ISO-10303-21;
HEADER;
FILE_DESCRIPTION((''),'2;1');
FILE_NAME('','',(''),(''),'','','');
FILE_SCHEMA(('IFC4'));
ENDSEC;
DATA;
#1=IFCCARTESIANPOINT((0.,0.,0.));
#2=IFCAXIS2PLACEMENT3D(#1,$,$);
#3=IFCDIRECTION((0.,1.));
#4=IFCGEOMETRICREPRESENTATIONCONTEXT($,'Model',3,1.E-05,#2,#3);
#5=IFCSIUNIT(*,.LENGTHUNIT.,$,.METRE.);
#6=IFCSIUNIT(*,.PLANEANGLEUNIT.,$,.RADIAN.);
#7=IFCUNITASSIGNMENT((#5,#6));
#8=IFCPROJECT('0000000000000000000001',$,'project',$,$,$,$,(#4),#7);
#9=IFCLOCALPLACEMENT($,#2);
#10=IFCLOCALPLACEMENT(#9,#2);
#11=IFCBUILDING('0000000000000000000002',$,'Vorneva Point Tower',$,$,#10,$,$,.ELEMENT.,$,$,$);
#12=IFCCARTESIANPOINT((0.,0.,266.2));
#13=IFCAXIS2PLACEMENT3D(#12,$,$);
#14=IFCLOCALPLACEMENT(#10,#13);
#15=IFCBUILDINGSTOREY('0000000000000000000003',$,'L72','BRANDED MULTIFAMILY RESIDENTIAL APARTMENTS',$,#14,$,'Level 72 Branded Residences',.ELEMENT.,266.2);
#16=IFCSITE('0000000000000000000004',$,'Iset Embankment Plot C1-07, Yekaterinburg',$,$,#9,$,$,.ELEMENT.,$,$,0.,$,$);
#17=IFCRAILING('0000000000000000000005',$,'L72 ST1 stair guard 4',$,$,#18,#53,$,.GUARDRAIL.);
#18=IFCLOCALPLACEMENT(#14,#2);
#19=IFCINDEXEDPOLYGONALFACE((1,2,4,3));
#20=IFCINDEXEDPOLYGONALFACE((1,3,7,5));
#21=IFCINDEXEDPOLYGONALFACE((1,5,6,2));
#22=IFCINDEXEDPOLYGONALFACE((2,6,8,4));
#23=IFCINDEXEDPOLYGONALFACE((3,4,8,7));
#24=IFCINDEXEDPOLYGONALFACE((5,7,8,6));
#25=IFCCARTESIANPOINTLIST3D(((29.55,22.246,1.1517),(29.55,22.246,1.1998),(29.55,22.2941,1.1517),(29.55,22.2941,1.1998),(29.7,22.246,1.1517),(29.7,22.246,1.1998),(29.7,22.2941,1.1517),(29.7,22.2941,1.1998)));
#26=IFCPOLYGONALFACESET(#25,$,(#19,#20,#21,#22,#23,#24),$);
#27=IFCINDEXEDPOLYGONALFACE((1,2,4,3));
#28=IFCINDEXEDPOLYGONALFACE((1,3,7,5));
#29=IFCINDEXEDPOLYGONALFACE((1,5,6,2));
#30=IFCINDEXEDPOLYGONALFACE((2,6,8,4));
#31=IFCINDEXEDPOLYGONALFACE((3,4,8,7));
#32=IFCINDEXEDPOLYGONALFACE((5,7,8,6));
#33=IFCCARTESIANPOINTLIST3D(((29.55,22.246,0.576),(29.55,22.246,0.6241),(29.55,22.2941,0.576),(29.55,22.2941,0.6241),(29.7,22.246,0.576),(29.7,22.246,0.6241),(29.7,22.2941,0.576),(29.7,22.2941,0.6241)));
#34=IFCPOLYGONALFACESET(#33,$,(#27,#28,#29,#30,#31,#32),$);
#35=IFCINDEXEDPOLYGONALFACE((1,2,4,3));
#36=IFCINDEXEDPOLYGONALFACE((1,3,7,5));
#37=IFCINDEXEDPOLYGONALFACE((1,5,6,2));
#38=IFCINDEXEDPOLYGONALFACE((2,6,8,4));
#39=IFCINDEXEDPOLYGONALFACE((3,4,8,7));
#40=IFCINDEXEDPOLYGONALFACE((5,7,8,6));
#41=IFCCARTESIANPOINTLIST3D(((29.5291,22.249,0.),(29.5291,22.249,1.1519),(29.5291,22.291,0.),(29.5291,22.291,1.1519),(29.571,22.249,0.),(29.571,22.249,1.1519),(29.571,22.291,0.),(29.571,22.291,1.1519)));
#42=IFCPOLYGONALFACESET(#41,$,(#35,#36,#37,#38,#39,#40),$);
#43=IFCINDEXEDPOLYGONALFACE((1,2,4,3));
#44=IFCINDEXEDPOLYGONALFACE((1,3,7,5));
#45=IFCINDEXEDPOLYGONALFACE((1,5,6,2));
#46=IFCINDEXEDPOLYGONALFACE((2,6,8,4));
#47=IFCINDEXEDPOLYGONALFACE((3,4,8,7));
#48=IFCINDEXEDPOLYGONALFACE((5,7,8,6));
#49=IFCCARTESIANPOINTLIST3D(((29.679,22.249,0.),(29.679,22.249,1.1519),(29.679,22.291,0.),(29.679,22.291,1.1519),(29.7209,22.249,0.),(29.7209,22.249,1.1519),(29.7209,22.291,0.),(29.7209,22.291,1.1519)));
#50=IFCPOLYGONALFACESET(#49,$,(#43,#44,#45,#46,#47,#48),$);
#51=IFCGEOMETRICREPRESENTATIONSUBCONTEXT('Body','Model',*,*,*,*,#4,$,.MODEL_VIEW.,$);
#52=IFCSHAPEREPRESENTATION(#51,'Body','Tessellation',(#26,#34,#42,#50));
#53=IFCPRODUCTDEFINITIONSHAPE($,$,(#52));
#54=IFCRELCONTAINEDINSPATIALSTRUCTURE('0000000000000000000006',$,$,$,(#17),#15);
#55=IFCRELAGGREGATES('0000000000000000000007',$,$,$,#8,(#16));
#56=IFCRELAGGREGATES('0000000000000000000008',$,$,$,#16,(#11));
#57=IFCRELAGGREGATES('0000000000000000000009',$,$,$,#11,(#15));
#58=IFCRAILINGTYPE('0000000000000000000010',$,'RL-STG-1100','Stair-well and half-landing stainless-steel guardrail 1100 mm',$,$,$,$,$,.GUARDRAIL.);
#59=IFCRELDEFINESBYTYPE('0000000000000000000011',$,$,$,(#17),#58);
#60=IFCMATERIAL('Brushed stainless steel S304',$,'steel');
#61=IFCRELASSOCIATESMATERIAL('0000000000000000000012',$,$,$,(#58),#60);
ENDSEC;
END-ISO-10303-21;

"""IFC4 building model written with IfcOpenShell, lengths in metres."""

from ifc_helpers import new_model, si_unit, direction, frame, origin, origin_2d, place, context, subcontext, project, spatial, rectangle, extrude, material, type_object, element, save


model = new_model("IFC4")

# Units and contexts
model_context = context("Model", 3, precision=1e-05, world=origin(), true_north=direction((0.0, 1.0)))
body_context = subcontext(model_context, "Body", "Model", "MODEL_VIEW")
ifc_project = project(units=[si_unit("LENGTHUNIT", "METRE"), si_unit("PLANEANGLEUNIT", "RADIAN")], contexts=[model_context])

# Site, building, storey
site_placement = place(None, origin())
site = spatial("IfcSite", under=ifc_project, at=site_placement, Name="Iset Embankment Plot C1-07, Yekaterinburg", CompositionType="ELEMENT", RefElevation=0.0)
building_placement = place(site_placement, origin())
building = spatial("IfcBuilding", under=site, at=building_placement, Name="Vorneva Point Tower", CompositionType="ELEMENT")
storey_placement = place(building_placement, frame((0.0, 0.0, 266.2)))
storey = spatial("IfcBuildingStorey", under=building, at=storey_placement, Name="L72", Description="BRANDED MULTIFAMILY RESIDENTIAL APARTMENTS", LongName="Level 72 Branded Residences", CompositionType="ELEMENT", Elevation=266.2)

# Railing
ifc_material_1 = material(Name="Brushed stainless steel S304", Category="steel")
railing_type_1 = type_object("IfcRailingType", Name="RL-STG-1100", Description="Stair-well and half-landing stainless-steel guardrail 1100 mm", PredefinedType="GUARDRAIL", material=ifc_material_1)
railing_1_placement = place(storey_placement, frame((29.55, 22.27, 0.0)))
element("IfcRailing", 1, at=railing_1_placement, inside=storey, type_object=railing_type_1, Name="L72 ST1 stair guard 4", PredefinedType="GUARDRAIL", context=body_context, shape_type="SweptSolid", body=[
    extrude(rectangle(XDim=0.0481, YDim=0.0481, at=origin_2d()), frame((0.0, 0.0, 1.1758), z_axis=(1.0, 0.0, 0.0), x_axis=(0.0, 1.0, 0.0)), (0.0, 0.0, 1.0), 0.1499),
    extrude(rectangle(XDim=0.0481, YDim=0.0481, at=origin_2d()), frame((0.0, 0.0, 0.6001), z_axis=(1.0, 0.0, 0.0), x_axis=(0.0, 1.0, 0.0)), (0.0, 0.0, 1.0), 0.1499),
    extrude(rectangle(XDim=0.042, YDim=0.042, at=origin_2d()), origin(), (0.0, 0.0, 1.0), 1.1519),
    extrude(rectangle(XDim=0.042, YDim=0.042, at=origin_2d()), frame((0.1499, 0.0, 0.0)), (0.0, 0.0, 1.0), 1.1519),
])

save(model, "model.ifc")
